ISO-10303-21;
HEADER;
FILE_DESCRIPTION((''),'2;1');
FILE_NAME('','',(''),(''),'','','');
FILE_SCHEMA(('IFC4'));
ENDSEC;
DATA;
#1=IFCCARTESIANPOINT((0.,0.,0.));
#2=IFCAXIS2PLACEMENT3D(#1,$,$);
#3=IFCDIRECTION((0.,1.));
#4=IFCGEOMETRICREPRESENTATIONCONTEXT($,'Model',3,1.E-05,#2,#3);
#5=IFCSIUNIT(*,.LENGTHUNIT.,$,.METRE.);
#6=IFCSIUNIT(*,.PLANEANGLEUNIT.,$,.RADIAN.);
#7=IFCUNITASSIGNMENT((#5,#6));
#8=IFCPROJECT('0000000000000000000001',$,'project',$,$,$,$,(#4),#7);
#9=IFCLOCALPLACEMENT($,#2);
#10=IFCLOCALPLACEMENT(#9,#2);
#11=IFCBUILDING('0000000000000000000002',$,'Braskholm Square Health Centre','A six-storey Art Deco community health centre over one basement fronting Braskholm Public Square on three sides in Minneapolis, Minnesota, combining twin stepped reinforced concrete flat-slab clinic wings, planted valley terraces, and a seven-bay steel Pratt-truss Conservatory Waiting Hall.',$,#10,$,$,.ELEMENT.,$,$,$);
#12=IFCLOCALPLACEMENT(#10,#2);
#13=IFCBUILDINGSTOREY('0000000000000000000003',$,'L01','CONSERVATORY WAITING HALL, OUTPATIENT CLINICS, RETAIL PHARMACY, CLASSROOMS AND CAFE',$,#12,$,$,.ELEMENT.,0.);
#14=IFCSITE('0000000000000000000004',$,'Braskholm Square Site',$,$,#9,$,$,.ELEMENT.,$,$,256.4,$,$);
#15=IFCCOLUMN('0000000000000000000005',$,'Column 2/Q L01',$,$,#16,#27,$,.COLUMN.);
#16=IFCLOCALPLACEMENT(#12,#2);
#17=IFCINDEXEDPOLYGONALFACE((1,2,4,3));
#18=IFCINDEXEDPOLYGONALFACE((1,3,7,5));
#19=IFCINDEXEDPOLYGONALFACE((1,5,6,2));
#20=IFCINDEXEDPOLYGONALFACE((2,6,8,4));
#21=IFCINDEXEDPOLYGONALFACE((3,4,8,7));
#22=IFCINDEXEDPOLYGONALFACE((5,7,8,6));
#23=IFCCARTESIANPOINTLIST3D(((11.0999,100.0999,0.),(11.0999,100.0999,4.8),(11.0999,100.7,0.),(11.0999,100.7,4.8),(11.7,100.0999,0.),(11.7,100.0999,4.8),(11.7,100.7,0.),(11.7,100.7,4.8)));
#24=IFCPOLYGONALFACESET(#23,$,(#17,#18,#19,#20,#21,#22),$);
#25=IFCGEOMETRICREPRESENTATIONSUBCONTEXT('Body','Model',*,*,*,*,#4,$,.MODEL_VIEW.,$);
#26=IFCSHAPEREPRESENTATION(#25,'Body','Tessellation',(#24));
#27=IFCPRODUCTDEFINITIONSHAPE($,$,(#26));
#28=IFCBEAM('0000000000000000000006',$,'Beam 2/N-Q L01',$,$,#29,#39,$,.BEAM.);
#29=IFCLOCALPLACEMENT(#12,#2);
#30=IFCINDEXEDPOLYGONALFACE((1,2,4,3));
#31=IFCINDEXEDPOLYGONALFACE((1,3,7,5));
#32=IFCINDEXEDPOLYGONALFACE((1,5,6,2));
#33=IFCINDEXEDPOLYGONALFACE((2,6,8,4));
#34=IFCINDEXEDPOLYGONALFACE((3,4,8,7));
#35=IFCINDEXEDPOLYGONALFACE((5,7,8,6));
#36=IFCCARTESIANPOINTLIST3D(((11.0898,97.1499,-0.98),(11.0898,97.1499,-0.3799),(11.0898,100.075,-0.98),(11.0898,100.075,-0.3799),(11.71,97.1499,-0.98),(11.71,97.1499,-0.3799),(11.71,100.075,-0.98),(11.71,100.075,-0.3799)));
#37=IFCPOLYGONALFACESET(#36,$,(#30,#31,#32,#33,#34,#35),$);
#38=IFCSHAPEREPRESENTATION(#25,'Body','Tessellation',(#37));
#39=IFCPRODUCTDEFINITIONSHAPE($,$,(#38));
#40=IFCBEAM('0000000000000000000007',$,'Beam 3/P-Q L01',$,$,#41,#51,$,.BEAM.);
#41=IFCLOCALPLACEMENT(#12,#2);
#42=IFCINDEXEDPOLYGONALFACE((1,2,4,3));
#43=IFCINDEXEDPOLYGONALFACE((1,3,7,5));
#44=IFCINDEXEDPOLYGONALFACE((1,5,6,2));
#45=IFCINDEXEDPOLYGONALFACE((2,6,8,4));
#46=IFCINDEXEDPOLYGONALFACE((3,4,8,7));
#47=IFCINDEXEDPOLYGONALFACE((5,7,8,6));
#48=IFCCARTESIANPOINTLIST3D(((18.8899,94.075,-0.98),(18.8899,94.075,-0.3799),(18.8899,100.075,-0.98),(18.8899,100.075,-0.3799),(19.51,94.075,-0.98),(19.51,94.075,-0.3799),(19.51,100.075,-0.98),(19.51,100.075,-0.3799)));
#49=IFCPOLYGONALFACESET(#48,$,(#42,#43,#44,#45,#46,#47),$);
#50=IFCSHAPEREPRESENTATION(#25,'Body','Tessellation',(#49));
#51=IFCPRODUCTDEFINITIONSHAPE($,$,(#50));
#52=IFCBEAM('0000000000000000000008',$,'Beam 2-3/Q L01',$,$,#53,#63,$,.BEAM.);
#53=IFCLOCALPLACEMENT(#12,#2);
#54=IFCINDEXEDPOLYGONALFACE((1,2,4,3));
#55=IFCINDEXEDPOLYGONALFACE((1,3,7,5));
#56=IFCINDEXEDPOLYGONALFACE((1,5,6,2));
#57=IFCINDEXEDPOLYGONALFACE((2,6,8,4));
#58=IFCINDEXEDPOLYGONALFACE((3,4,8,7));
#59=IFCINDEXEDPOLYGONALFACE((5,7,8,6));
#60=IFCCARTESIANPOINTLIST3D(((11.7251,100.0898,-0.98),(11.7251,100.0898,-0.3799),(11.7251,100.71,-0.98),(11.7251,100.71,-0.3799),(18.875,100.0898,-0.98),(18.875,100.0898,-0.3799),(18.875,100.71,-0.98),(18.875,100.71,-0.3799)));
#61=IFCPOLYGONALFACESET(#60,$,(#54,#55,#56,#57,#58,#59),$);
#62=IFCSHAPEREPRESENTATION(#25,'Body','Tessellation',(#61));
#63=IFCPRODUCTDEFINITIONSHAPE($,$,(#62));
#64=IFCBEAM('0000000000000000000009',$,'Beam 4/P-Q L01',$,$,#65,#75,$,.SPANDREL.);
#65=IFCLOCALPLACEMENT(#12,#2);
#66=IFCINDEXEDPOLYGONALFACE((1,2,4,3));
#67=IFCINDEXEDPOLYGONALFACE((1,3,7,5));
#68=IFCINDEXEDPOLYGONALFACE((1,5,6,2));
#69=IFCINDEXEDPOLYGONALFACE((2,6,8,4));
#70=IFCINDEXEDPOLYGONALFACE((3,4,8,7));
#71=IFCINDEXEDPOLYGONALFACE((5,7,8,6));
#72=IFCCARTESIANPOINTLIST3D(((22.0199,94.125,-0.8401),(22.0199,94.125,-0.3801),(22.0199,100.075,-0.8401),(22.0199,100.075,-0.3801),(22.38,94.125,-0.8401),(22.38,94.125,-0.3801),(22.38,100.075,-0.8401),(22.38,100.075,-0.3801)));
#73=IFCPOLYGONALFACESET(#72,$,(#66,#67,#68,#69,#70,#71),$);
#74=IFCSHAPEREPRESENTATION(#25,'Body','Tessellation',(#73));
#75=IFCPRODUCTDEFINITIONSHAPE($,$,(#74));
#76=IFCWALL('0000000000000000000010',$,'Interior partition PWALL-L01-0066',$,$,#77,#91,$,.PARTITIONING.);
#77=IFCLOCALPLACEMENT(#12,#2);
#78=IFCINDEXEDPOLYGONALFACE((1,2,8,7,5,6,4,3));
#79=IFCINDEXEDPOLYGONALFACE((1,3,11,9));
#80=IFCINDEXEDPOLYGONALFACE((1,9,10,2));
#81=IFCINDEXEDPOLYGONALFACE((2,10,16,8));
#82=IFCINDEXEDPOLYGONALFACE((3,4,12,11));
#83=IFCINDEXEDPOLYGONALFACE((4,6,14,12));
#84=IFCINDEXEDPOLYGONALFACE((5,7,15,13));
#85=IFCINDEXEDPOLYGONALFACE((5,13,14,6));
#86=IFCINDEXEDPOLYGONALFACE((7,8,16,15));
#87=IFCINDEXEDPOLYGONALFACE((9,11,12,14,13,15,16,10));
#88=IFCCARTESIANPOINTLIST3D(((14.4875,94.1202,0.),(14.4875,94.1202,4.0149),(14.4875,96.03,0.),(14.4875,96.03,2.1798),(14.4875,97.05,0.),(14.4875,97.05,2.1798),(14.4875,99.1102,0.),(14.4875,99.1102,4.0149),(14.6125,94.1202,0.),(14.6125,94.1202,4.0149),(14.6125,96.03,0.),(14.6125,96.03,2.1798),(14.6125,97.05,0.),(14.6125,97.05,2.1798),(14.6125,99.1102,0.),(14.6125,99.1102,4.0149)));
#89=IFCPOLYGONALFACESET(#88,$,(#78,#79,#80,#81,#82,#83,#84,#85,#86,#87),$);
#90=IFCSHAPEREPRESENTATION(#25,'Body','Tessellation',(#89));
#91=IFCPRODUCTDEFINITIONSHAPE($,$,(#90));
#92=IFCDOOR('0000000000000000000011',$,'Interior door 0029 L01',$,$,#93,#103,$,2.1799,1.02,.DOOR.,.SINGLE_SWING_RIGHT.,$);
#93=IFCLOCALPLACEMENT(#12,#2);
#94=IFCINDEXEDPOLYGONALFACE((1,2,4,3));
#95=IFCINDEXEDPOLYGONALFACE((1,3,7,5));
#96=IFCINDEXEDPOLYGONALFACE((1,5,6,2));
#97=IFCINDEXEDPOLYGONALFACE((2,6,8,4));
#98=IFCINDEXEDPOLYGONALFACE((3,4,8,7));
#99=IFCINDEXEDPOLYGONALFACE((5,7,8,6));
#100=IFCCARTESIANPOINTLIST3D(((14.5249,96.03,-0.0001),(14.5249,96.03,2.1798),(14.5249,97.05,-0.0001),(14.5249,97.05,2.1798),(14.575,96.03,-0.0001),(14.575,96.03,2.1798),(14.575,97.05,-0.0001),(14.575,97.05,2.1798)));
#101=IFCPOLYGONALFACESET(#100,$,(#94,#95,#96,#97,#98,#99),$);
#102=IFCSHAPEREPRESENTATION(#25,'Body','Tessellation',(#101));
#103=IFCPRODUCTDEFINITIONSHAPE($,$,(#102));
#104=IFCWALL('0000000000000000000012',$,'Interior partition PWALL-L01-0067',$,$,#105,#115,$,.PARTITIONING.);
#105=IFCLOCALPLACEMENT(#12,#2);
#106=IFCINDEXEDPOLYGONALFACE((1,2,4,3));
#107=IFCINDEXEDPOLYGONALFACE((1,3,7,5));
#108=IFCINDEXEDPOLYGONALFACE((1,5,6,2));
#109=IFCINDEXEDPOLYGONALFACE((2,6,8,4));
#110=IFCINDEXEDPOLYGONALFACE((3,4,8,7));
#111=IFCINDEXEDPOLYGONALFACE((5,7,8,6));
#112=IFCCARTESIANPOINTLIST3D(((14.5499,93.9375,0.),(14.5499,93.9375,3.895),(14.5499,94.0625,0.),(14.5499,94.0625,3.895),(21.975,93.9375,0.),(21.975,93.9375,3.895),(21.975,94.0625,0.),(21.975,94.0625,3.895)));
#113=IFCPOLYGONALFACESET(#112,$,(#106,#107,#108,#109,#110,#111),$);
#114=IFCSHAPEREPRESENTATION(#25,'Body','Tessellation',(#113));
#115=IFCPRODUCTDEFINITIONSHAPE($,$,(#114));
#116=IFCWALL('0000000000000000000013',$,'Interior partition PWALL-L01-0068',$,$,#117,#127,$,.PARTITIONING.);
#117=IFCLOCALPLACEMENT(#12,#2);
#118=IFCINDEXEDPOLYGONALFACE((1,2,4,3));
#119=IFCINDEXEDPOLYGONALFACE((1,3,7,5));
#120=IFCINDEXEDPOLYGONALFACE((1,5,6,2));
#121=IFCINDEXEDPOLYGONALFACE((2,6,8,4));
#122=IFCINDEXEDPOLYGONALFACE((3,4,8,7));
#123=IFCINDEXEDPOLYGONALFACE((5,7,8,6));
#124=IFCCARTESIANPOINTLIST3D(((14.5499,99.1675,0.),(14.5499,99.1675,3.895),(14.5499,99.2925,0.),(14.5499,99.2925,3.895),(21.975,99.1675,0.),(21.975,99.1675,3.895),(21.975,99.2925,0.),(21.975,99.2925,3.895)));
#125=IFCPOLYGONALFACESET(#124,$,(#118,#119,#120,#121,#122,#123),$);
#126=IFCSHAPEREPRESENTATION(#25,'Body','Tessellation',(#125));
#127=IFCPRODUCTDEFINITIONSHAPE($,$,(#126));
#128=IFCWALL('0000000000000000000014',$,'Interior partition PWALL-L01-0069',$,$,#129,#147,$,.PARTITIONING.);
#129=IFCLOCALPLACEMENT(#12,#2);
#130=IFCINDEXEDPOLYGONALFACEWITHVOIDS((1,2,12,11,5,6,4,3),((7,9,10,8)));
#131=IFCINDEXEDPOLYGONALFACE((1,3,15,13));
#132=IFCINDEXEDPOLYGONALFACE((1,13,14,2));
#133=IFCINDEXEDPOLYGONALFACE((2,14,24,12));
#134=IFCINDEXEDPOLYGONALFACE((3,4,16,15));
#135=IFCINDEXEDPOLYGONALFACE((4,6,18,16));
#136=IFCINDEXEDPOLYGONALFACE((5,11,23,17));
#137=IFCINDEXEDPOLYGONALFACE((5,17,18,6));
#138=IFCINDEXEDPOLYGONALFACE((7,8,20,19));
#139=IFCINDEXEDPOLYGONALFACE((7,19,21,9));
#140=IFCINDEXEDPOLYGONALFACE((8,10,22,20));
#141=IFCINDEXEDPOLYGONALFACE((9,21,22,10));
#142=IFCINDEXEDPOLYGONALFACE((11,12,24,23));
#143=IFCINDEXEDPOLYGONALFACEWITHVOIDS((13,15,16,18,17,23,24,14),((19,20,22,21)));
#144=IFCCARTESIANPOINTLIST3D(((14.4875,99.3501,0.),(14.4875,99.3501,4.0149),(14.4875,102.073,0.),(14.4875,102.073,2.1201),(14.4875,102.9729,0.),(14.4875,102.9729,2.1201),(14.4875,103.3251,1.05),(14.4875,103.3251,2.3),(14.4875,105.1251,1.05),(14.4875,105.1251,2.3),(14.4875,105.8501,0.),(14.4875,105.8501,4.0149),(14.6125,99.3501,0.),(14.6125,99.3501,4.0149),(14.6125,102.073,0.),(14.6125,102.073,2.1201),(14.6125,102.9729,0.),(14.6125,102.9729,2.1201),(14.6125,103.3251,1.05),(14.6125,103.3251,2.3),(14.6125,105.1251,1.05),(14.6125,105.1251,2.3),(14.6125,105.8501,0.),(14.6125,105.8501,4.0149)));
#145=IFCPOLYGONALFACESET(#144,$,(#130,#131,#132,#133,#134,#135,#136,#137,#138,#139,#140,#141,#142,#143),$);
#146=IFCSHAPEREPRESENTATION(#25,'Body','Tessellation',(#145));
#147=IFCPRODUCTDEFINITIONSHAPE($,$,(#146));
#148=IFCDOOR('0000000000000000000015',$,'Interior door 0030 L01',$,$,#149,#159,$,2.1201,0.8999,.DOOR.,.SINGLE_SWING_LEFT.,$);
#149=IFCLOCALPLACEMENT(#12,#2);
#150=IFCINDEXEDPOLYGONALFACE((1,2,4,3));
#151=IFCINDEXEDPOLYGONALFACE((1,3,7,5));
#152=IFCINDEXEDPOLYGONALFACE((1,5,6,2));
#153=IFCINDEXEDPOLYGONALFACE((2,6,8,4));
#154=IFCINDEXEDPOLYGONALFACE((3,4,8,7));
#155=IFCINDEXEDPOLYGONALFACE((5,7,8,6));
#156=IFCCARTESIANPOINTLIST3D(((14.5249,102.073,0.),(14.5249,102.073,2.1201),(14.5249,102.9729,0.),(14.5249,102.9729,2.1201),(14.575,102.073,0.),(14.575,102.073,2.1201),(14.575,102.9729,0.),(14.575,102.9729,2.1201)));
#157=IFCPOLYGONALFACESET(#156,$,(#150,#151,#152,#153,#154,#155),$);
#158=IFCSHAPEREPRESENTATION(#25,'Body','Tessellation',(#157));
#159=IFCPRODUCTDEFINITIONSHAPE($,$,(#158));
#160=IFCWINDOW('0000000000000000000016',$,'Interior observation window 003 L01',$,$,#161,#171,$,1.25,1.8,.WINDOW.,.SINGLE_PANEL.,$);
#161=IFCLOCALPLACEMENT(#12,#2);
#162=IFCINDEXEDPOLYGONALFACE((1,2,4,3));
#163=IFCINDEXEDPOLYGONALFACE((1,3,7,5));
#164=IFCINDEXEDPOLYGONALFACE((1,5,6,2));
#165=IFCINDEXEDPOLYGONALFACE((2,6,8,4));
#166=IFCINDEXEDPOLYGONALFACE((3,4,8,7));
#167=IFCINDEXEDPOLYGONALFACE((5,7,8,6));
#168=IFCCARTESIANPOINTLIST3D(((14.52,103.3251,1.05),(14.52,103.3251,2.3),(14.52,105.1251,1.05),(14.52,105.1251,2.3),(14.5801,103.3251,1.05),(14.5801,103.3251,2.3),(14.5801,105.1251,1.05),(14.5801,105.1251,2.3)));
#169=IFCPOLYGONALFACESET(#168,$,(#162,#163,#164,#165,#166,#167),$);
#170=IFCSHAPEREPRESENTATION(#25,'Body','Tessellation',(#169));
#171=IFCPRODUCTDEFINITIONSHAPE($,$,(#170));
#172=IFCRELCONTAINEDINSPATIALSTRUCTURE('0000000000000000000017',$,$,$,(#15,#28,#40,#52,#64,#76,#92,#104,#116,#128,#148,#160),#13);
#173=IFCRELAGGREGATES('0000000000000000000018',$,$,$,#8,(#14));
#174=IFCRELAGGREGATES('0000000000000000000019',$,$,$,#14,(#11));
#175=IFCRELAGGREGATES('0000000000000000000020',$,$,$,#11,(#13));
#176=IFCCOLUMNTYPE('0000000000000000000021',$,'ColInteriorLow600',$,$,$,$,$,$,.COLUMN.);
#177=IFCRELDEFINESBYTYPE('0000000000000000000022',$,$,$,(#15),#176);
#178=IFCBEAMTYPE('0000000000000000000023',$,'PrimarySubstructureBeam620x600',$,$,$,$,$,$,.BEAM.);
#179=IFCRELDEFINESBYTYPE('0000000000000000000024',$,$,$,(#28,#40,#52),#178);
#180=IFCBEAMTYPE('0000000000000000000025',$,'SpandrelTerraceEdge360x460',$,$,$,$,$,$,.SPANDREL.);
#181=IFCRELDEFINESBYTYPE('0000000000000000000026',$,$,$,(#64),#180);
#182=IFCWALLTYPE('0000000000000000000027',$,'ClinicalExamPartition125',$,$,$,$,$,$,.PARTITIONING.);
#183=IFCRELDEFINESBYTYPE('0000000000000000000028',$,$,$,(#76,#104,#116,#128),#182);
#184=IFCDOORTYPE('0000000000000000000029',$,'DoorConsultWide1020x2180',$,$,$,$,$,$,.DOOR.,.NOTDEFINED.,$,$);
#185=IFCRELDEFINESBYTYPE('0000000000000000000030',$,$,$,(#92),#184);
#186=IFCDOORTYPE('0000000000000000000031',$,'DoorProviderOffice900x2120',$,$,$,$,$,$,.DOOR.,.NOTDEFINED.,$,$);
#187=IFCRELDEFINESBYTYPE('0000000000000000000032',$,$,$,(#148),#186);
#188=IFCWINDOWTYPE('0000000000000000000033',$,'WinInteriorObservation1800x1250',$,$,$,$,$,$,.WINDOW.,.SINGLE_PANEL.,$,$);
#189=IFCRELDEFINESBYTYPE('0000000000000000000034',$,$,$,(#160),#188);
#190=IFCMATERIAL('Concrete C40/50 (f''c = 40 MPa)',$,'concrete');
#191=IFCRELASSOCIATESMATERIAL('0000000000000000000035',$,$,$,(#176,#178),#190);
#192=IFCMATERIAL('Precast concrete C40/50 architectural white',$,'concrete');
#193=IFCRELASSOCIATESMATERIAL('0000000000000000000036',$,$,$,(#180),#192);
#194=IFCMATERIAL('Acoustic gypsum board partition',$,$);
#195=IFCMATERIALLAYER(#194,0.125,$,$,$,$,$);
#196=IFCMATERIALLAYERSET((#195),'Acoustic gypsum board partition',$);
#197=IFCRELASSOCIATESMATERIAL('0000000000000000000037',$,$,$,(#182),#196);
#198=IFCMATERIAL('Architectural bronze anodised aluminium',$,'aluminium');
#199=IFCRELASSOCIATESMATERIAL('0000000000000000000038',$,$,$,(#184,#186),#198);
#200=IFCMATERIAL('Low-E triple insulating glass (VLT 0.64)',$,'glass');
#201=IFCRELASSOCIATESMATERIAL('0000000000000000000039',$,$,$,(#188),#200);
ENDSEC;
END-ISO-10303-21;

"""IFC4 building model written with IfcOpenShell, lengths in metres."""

from ifc_helpers import new_model, si_unit, direction, frame, frame_2d, origin, origin_with_axes, origin_2d, place, context, subcontext, project, spatial, rectangle, extrude, material, layer, layer_set, material_profile, profile_set, type_object, element, fill, save


model = new_model("IFC4")

# Units and contexts
model_context = context("Model", 3, precision=1e-05, world=origin(), true_north=direction((0.0, 1.0)))
body_context = subcontext(model_context, "Body", "Model", "MODEL_VIEW")
ifc_project = project(units=[si_unit("LENGTHUNIT", "METRE"), si_unit("PLANEANGLEUNIT", "RADIAN")], contexts=[model_context])

# Site, building, storey
site_placement = place(None, origin())
site = spatial("IfcSite", under=ifc_project, at=site_placement, Name="Braskholm Square Site", CompositionType="ELEMENT", RefElevation=256.4)
building_placement = place(site_placement, origin())
building = spatial("IfcBuilding", under=site, at=building_placement, Name="Braskholm Square Health Centre", Description="A six-storey Art Deco community health centre over one basement fronting Braskholm Public Square on three sides in Minneapolis, Minnesota, combining twin stepped reinforced concrete flat-slab clinic wings, planted valley terraces, and a seven-bay steel Pratt-truss Conservatory Waiting Hall.", CompositionType="ELEMENT")
storey_placement = place(building_placement, origin())
storey = spatial("IfcBuildingStorey", under=building, at=storey_placement, Name="L01", Description="CONSERVATORY WAITING HALL, OUTPATIENT CLINICS, RETAIL PHARMACY, CLASSROOMS AND CAFE", CompositionType="ELEMENT", Elevation=0.0)

# Column
ifc_material_1 = material(Name="Concrete C40/50 (f'c = 40 MPa)", Category="concrete")
ifc_material_profile_1 = material_profile(ifc_material_1, rectangle(XDim=0.6001, YDim=0.6001, at=origin_2d()), Name="RC-600X600")
ifc_profile_set_1 = profile_set([ifc_material_profile_1], Name="Concrete C40/50 (f'c = 40 MPa)")
column_type = type_object("IfcColumnType", Name="ColInteriorLow600", PredefinedType="COLUMN", material=ifc_profile_set_1)
column_placement = place(storey_placement, frame((11.3999, 100.3999, 0.0), z_axis=(0.0, 0.0, 1.0), x_axis=(1.0, 0.0, 0.0)))
element("IfcColumn", 1, at=column_placement, inside=storey, type_object=column_type, Name="Column 2/Q L01", PredefinedType="COLUMN", context=body_context, shape_type="SweptSolid", body=[
    extrude(rectangle(XDim=0.6001, YDim=0.6001, at=origin_2d()), origin(), (0.0, 0.0, 1.0), 4.8),
])

# Beams
ifc_material_profile_2 = material_profile(ifc_material_1, rectangle(XDim=0.6201, YDim=0.6001, at=origin_2d()), Name="RCB-620X600")
ifc_profile_set_2 = profile_set([ifc_material_profile_2], Name="Concrete C40/50 (f'c = 40 MPa)")
beam_type_1 = type_object("IfcBeamType", Name="PrimarySubstructureBeam620x600", PredefinedType="BEAM", material=ifc_profile_set_2)
beam_1_placement = place(storey_placement, frame((11.3999, 97.1499, -0.6799), z_axis=(0.0, 1.0, 0.0), x_axis=(-1.0, 0.0, 0.0)))
element("IfcBeam", 2, at=beam_1_placement, inside=storey, type_object=beam_type_1, Name="Beam 2/N-Q L01", PredefinedType="BEAM", context=body_context, shape_type="SweptSolid", body=[
    extrude(rectangle(XDim=0.6201, YDim=0.6001, at=origin_2d()), origin(), (0.0, 0.0, 1.0), 2.925),
])
beam_2_placement = place(storey_placement, frame((19.2, 94.075, -0.6799), z_axis=(0.0, 1.0, 0.0), x_axis=(-1.0, 0.0, 0.0)))
element("IfcBeam", 3, at=beam_2_placement, inside=storey, type_object=beam_type_1, Name="Beam 3/P-Q L01", PredefinedType="BEAM", context=body_context, shape_type="SweptSolid", body=[
    extrude(rectangle(XDim=0.6201, YDim=0.6001, at=origin_2d()), origin(), (0.0, 0.0, 1.0), 6.0),
])
beam_3_placement = place(storey_placement, frame((11.7251, 100.3999, -0.6799), z_axis=(1.0, 0.0, 0.0), x_axis=(0.0, 1.0, 0.0)))
element("IfcBeam", 4, at=beam_3_placement, inside=storey, type_object=beam_type_1, Name="Beam 2-3/Q L01", PredefinedType="BEAM", context=body_context, shape_type="SweptSolid", body=[
    extrude(rectangle(XDim=0.6201, YDim=0.6001, at=origin_2d()), origin(), (0.0, 0.0, 1.0), 7.1499),
])
ifc_material_2 = material(Name="Precast concrete C40/50 architectural white", Category="concrete")
ifc_material_profile_3 = material_profile(ifc_material_2, rectangle(XDim=0.3601, YDim=0.46, at=origin_2d()), Name="RCB-360X460")
ifc_profile_set_3 = profile_set([ifc_material_profile_3], Name="Precast concrete C40/50 architectural white")
beam_type_2 = type_object("IfcBeamType", Name="SpandrelTerraceEdge360x460", PredefinedType="SPANDREL", material=ifc_profile_set_3)
beam_4_placement = place(storey_placement, frame((22.2, 94.125, -0.6101), z_axis=(0.0, 1.0, 0.0), x_axis=(-1.0, 0.0, 0.0)))
element("IfcBeam", 5, at=beam_4_placement, inside=storey, type_object=beam_type_2, Name="Beam 4/P-Q L01", PredefinedType="SPANDREL", context=body_context, shape_type="SweptSolid", body=[
    extrude(rectangle(XDim=0.3601, YDim=0.46, at=origin_2d()), origin(), (0.0, 0.0, 1.0), 5.95),
])

# Wall, opening, door
ifc_material_3 = material(Name="Acoustic gypsum board partition")
ifc_layer_1 = layer(ifc_material_3, 0.125)
ifc_layer_set_1 = layer_set([ifc_layer_1], Name="Acoustic gypsum board partition")
wall_type_1 = type_object("IfcWallType", Name="ClinicalExamPartition125", PredefinedType="PARTITIONING", material=ifc_layer_set_1)
wall_1_placement = place(storey_placement, frame((14.55, 94.1201, 0.0), z_axis=(0.0, 0.0, 1.0), x_axis=(0.0, 1.0, 0.0)))
wall_1 = element("IfcWall", 6, at=wall_1_placement, inside=storey, type_object=wall_type_1, Name="Interior partition PWALL-L01-0066", PredefinedType="PARTITIONING", context=body_context, shape_type="SweptSolid", body=[
    extrude(rectangle(XDim=4.99, YDim=0.125, at=frame_2d((2.4951, 0.0))), origin(), (0.0, 0.0, 1.0), 4.0149),
])
opening_1_placement = place(wall_1_placement, frame((1.9099, 0.0, 0.0)))
opening_1 = element("IfcOpeningElement", 7, at=opening_1_placement, cuts=wall_1, PredefinedType="OPENING", context=body_context, shape_type="SweptSolid", body=[
    extrude(rectangle(XDim=1.02, YDim=2.1799, at=frame_2d((0.51, 1.0898))), frame((0.0, 0.0725, 0.0), z_axis=(0.0, -1.0, 0.0), x_axis=(1.0, 0.0, 0.0)), (0.0, 0.0, 1.0), 0.145),
])
ifc_material_4 = material(Name="Architectural bronze anodised aluminium", Category="aluminium")
door_type_1 = type_object("IfcDoorType", Name="DoorConsultWide1020x2180", OperationType="NOTDEFINED", PredefinedType="DOOR", material=ifc_material_4)
door_1_placement = place(opening_1_placement, frame((1.02, 0.0, 0.0), z_axis=(0.0, 0.0, 1.0), x_axis=(-1.0, 0.0, 0.0)))
door_1 = element("IfcDoor", 8, at=door_1_placement, inside=storey, type_object=door_type_1, Name="Interior door 0029 L01", OperationType="SINGLE_SWING_RIGHT", OverallHeight=2.1799, OverallWidth=1.02, PredefinedType="DOOR", context=body_context, shape_type="SweptSolid", body=[
    extrude(rectangle(XDim=1.02, YDim=2.1799, at=frame_2d((0.51, 1.0898))), frame((0.0, 0.0249, 0.0), z_axis=(0.0, -1.0, 0.0), x_axis=(1.0, 0.0, 0.0)), (0.0, 0.0, 1.0), 0.05),
])
fill(opening_1, door_1)

# Walls
for number, where, z_axis, x_axis, name in (
    (9, (14.55, 94.0, 0.0), (0.0, 0.0, 1.0), (1.0, 0.0, 0.0), "Interior partition PWALL-L01-0067"),
    (10, (14.55, 99.23, 0.0), (0.0, 0.0, 1.0), (1.0, 0.0, 0.0), "Interior partition PWALL-L01-0068"),
):
    element("IfcWall", number, at=place(storey_placement, frame(where, z_axis=z_axis, x_axis=x_axis)), inside=storey, type_object=wall_type_1, Name=name, PredefinedType="PARTITIONING", context=body_context, shape_type="SweptSolid", body=[
        extrude(rectangle(XDim=7.425, YDim=0.125, at=frame_2d((3.7124, 0.0))), origin(), (0.0, 0.0, 1.0), 3.895),
    ])

# Wall, openings, door, window
wall_2_placement = place(storey_placement, frame((14.55, 99.3501, 0.0), z_axis=(0.0, 0.0, 1.0), x_axis=(0.0, 1.0, 0.0)))
wall_2 = element("IfcWall", 11, at=wall_2_placement, inside=storey, type_object=wall_type_1, Name="Interior partition PWALL-L01-0069", PredefinedType="PARTITIONING", context=body_context, shape_type="SweptSolid", body=[
    extrude(rectangle(XDim=6.5, YDim=0.125, at=frame_2d((3.25, 0.0))), origin(), (0.0, 0.0, 1.0), 4.0149),
])
opening_2_placement = place(wall_2_placement, frame((2.7229, 0.0, 0.0)))
opening_2 = element("IfcOpeningElement", 12, at=opening_2_placement, cuts=wall_2, PredefinedType="OPENING", context=body_context, shape_type="SweptSolid", body=[
    extrude(rectangle(XDim=0.8999, YDim=2.1201, at=frame_2d((0.45, 1.0601))), frame((0.0, 0.0725, 0.0), z_axis=(0.0, -1.0, 0.0), x_axis=(1.0, 0.0, 0.0)), (0.0, 0.0, 1.0), 0.145),
])
opening_3_placement = place(wall_2_placement, frame((3.9751, 0.0, 1.05)))
opening_3 = element("IfcOpeningElement", 13, at=opening_3_placement, cuts=wall_2, PredefinedType="OPENING", context=body_context, shape_type="SweptSolid", body=[
    extrude(rectangle(XDim=1.8, YDim=1.25, at=frame_2d((0.8999, 0.625))), frame((0.0, 0.0725, 0.0), z_axis=(0.0, -1.0, 0.0), x_axis=(1.0, 0.0, 0.0)), (0.0, 0.0, 1.0), 0.145),
])
door_type_2 = type_object("IfcDoorType", Name="DoorProviderOffice900x2120", OperationType="NOTDEFINED", PredefinedType="DOOR", material=ifc_material_4)
door_2_placement = place(opening_2_placement, frame((0.8999, 0.0, 0.0), z_axis=(0.0, 0.0, 1.0), x_axis=(-1.0, 0.0, 0.0)))
door_2 = element("IfcDoor", 14, at=door_2_placement, inside=storey, type_object=door_type_2, Name="Interior door 0030 L01", OperationType="SINGLE_SWING_LEFT", OverallHeight=2.1201, OverallWidth=0.8999, PredefinedType="DOOR", context=body_context, shape_type="SweptSolid", body=[
    extrude(rectangle(XDim=0.8999, YDim=2.1201, at=frame_2d((0.45, 1.0601))), frame((0.0, 0.0249, 0.0), z_axis=(0.0, -1.0, 0.0), x_axis=(1.0, 0.0, 0.0)), (0.0, 0.0, 1.0), 0.05),
])
fill(opening_2, door_2)
ifc_material_5 = material(Name="Low-E triple insulating glass (VLT 0.64)", Category="glass")
window_type_1 = type_object("IfcWindowType", Name="WinInteriorObservation1800x1250", PartitioningType="SINGLE_PANEL", PredefinedType="WINDOW", material=ifc_material_5)
window_1_placement = place(opening_3_placement, origin_with_axes())
window_1 = element("IfcWindow", 15, at=window_1_placement, inside=storey, type_object=window_type_1, Name="Interior observation window 003 L01", OverallHeight=1.25, OverallWidth=1.8, PartitioningType="SINGLE_PANEL", PredefinedType="WINDOW", context=body_context, shape_type="SweptSolid", body=[
    extrude(rectangle(XDim=1.8, YDim=1.25, at=frame_2d((0.8999, 0.625))), frame((0.0, 0.03, 0.0), z_axis=(0.0, -1.0, 0.0), x_axis=(1.0, 0.0, 0.0)), (0.0, 0.0, 1.0), 0.0601),
])
fill(opening_3, window_1)

save(model, "model.ifc")
